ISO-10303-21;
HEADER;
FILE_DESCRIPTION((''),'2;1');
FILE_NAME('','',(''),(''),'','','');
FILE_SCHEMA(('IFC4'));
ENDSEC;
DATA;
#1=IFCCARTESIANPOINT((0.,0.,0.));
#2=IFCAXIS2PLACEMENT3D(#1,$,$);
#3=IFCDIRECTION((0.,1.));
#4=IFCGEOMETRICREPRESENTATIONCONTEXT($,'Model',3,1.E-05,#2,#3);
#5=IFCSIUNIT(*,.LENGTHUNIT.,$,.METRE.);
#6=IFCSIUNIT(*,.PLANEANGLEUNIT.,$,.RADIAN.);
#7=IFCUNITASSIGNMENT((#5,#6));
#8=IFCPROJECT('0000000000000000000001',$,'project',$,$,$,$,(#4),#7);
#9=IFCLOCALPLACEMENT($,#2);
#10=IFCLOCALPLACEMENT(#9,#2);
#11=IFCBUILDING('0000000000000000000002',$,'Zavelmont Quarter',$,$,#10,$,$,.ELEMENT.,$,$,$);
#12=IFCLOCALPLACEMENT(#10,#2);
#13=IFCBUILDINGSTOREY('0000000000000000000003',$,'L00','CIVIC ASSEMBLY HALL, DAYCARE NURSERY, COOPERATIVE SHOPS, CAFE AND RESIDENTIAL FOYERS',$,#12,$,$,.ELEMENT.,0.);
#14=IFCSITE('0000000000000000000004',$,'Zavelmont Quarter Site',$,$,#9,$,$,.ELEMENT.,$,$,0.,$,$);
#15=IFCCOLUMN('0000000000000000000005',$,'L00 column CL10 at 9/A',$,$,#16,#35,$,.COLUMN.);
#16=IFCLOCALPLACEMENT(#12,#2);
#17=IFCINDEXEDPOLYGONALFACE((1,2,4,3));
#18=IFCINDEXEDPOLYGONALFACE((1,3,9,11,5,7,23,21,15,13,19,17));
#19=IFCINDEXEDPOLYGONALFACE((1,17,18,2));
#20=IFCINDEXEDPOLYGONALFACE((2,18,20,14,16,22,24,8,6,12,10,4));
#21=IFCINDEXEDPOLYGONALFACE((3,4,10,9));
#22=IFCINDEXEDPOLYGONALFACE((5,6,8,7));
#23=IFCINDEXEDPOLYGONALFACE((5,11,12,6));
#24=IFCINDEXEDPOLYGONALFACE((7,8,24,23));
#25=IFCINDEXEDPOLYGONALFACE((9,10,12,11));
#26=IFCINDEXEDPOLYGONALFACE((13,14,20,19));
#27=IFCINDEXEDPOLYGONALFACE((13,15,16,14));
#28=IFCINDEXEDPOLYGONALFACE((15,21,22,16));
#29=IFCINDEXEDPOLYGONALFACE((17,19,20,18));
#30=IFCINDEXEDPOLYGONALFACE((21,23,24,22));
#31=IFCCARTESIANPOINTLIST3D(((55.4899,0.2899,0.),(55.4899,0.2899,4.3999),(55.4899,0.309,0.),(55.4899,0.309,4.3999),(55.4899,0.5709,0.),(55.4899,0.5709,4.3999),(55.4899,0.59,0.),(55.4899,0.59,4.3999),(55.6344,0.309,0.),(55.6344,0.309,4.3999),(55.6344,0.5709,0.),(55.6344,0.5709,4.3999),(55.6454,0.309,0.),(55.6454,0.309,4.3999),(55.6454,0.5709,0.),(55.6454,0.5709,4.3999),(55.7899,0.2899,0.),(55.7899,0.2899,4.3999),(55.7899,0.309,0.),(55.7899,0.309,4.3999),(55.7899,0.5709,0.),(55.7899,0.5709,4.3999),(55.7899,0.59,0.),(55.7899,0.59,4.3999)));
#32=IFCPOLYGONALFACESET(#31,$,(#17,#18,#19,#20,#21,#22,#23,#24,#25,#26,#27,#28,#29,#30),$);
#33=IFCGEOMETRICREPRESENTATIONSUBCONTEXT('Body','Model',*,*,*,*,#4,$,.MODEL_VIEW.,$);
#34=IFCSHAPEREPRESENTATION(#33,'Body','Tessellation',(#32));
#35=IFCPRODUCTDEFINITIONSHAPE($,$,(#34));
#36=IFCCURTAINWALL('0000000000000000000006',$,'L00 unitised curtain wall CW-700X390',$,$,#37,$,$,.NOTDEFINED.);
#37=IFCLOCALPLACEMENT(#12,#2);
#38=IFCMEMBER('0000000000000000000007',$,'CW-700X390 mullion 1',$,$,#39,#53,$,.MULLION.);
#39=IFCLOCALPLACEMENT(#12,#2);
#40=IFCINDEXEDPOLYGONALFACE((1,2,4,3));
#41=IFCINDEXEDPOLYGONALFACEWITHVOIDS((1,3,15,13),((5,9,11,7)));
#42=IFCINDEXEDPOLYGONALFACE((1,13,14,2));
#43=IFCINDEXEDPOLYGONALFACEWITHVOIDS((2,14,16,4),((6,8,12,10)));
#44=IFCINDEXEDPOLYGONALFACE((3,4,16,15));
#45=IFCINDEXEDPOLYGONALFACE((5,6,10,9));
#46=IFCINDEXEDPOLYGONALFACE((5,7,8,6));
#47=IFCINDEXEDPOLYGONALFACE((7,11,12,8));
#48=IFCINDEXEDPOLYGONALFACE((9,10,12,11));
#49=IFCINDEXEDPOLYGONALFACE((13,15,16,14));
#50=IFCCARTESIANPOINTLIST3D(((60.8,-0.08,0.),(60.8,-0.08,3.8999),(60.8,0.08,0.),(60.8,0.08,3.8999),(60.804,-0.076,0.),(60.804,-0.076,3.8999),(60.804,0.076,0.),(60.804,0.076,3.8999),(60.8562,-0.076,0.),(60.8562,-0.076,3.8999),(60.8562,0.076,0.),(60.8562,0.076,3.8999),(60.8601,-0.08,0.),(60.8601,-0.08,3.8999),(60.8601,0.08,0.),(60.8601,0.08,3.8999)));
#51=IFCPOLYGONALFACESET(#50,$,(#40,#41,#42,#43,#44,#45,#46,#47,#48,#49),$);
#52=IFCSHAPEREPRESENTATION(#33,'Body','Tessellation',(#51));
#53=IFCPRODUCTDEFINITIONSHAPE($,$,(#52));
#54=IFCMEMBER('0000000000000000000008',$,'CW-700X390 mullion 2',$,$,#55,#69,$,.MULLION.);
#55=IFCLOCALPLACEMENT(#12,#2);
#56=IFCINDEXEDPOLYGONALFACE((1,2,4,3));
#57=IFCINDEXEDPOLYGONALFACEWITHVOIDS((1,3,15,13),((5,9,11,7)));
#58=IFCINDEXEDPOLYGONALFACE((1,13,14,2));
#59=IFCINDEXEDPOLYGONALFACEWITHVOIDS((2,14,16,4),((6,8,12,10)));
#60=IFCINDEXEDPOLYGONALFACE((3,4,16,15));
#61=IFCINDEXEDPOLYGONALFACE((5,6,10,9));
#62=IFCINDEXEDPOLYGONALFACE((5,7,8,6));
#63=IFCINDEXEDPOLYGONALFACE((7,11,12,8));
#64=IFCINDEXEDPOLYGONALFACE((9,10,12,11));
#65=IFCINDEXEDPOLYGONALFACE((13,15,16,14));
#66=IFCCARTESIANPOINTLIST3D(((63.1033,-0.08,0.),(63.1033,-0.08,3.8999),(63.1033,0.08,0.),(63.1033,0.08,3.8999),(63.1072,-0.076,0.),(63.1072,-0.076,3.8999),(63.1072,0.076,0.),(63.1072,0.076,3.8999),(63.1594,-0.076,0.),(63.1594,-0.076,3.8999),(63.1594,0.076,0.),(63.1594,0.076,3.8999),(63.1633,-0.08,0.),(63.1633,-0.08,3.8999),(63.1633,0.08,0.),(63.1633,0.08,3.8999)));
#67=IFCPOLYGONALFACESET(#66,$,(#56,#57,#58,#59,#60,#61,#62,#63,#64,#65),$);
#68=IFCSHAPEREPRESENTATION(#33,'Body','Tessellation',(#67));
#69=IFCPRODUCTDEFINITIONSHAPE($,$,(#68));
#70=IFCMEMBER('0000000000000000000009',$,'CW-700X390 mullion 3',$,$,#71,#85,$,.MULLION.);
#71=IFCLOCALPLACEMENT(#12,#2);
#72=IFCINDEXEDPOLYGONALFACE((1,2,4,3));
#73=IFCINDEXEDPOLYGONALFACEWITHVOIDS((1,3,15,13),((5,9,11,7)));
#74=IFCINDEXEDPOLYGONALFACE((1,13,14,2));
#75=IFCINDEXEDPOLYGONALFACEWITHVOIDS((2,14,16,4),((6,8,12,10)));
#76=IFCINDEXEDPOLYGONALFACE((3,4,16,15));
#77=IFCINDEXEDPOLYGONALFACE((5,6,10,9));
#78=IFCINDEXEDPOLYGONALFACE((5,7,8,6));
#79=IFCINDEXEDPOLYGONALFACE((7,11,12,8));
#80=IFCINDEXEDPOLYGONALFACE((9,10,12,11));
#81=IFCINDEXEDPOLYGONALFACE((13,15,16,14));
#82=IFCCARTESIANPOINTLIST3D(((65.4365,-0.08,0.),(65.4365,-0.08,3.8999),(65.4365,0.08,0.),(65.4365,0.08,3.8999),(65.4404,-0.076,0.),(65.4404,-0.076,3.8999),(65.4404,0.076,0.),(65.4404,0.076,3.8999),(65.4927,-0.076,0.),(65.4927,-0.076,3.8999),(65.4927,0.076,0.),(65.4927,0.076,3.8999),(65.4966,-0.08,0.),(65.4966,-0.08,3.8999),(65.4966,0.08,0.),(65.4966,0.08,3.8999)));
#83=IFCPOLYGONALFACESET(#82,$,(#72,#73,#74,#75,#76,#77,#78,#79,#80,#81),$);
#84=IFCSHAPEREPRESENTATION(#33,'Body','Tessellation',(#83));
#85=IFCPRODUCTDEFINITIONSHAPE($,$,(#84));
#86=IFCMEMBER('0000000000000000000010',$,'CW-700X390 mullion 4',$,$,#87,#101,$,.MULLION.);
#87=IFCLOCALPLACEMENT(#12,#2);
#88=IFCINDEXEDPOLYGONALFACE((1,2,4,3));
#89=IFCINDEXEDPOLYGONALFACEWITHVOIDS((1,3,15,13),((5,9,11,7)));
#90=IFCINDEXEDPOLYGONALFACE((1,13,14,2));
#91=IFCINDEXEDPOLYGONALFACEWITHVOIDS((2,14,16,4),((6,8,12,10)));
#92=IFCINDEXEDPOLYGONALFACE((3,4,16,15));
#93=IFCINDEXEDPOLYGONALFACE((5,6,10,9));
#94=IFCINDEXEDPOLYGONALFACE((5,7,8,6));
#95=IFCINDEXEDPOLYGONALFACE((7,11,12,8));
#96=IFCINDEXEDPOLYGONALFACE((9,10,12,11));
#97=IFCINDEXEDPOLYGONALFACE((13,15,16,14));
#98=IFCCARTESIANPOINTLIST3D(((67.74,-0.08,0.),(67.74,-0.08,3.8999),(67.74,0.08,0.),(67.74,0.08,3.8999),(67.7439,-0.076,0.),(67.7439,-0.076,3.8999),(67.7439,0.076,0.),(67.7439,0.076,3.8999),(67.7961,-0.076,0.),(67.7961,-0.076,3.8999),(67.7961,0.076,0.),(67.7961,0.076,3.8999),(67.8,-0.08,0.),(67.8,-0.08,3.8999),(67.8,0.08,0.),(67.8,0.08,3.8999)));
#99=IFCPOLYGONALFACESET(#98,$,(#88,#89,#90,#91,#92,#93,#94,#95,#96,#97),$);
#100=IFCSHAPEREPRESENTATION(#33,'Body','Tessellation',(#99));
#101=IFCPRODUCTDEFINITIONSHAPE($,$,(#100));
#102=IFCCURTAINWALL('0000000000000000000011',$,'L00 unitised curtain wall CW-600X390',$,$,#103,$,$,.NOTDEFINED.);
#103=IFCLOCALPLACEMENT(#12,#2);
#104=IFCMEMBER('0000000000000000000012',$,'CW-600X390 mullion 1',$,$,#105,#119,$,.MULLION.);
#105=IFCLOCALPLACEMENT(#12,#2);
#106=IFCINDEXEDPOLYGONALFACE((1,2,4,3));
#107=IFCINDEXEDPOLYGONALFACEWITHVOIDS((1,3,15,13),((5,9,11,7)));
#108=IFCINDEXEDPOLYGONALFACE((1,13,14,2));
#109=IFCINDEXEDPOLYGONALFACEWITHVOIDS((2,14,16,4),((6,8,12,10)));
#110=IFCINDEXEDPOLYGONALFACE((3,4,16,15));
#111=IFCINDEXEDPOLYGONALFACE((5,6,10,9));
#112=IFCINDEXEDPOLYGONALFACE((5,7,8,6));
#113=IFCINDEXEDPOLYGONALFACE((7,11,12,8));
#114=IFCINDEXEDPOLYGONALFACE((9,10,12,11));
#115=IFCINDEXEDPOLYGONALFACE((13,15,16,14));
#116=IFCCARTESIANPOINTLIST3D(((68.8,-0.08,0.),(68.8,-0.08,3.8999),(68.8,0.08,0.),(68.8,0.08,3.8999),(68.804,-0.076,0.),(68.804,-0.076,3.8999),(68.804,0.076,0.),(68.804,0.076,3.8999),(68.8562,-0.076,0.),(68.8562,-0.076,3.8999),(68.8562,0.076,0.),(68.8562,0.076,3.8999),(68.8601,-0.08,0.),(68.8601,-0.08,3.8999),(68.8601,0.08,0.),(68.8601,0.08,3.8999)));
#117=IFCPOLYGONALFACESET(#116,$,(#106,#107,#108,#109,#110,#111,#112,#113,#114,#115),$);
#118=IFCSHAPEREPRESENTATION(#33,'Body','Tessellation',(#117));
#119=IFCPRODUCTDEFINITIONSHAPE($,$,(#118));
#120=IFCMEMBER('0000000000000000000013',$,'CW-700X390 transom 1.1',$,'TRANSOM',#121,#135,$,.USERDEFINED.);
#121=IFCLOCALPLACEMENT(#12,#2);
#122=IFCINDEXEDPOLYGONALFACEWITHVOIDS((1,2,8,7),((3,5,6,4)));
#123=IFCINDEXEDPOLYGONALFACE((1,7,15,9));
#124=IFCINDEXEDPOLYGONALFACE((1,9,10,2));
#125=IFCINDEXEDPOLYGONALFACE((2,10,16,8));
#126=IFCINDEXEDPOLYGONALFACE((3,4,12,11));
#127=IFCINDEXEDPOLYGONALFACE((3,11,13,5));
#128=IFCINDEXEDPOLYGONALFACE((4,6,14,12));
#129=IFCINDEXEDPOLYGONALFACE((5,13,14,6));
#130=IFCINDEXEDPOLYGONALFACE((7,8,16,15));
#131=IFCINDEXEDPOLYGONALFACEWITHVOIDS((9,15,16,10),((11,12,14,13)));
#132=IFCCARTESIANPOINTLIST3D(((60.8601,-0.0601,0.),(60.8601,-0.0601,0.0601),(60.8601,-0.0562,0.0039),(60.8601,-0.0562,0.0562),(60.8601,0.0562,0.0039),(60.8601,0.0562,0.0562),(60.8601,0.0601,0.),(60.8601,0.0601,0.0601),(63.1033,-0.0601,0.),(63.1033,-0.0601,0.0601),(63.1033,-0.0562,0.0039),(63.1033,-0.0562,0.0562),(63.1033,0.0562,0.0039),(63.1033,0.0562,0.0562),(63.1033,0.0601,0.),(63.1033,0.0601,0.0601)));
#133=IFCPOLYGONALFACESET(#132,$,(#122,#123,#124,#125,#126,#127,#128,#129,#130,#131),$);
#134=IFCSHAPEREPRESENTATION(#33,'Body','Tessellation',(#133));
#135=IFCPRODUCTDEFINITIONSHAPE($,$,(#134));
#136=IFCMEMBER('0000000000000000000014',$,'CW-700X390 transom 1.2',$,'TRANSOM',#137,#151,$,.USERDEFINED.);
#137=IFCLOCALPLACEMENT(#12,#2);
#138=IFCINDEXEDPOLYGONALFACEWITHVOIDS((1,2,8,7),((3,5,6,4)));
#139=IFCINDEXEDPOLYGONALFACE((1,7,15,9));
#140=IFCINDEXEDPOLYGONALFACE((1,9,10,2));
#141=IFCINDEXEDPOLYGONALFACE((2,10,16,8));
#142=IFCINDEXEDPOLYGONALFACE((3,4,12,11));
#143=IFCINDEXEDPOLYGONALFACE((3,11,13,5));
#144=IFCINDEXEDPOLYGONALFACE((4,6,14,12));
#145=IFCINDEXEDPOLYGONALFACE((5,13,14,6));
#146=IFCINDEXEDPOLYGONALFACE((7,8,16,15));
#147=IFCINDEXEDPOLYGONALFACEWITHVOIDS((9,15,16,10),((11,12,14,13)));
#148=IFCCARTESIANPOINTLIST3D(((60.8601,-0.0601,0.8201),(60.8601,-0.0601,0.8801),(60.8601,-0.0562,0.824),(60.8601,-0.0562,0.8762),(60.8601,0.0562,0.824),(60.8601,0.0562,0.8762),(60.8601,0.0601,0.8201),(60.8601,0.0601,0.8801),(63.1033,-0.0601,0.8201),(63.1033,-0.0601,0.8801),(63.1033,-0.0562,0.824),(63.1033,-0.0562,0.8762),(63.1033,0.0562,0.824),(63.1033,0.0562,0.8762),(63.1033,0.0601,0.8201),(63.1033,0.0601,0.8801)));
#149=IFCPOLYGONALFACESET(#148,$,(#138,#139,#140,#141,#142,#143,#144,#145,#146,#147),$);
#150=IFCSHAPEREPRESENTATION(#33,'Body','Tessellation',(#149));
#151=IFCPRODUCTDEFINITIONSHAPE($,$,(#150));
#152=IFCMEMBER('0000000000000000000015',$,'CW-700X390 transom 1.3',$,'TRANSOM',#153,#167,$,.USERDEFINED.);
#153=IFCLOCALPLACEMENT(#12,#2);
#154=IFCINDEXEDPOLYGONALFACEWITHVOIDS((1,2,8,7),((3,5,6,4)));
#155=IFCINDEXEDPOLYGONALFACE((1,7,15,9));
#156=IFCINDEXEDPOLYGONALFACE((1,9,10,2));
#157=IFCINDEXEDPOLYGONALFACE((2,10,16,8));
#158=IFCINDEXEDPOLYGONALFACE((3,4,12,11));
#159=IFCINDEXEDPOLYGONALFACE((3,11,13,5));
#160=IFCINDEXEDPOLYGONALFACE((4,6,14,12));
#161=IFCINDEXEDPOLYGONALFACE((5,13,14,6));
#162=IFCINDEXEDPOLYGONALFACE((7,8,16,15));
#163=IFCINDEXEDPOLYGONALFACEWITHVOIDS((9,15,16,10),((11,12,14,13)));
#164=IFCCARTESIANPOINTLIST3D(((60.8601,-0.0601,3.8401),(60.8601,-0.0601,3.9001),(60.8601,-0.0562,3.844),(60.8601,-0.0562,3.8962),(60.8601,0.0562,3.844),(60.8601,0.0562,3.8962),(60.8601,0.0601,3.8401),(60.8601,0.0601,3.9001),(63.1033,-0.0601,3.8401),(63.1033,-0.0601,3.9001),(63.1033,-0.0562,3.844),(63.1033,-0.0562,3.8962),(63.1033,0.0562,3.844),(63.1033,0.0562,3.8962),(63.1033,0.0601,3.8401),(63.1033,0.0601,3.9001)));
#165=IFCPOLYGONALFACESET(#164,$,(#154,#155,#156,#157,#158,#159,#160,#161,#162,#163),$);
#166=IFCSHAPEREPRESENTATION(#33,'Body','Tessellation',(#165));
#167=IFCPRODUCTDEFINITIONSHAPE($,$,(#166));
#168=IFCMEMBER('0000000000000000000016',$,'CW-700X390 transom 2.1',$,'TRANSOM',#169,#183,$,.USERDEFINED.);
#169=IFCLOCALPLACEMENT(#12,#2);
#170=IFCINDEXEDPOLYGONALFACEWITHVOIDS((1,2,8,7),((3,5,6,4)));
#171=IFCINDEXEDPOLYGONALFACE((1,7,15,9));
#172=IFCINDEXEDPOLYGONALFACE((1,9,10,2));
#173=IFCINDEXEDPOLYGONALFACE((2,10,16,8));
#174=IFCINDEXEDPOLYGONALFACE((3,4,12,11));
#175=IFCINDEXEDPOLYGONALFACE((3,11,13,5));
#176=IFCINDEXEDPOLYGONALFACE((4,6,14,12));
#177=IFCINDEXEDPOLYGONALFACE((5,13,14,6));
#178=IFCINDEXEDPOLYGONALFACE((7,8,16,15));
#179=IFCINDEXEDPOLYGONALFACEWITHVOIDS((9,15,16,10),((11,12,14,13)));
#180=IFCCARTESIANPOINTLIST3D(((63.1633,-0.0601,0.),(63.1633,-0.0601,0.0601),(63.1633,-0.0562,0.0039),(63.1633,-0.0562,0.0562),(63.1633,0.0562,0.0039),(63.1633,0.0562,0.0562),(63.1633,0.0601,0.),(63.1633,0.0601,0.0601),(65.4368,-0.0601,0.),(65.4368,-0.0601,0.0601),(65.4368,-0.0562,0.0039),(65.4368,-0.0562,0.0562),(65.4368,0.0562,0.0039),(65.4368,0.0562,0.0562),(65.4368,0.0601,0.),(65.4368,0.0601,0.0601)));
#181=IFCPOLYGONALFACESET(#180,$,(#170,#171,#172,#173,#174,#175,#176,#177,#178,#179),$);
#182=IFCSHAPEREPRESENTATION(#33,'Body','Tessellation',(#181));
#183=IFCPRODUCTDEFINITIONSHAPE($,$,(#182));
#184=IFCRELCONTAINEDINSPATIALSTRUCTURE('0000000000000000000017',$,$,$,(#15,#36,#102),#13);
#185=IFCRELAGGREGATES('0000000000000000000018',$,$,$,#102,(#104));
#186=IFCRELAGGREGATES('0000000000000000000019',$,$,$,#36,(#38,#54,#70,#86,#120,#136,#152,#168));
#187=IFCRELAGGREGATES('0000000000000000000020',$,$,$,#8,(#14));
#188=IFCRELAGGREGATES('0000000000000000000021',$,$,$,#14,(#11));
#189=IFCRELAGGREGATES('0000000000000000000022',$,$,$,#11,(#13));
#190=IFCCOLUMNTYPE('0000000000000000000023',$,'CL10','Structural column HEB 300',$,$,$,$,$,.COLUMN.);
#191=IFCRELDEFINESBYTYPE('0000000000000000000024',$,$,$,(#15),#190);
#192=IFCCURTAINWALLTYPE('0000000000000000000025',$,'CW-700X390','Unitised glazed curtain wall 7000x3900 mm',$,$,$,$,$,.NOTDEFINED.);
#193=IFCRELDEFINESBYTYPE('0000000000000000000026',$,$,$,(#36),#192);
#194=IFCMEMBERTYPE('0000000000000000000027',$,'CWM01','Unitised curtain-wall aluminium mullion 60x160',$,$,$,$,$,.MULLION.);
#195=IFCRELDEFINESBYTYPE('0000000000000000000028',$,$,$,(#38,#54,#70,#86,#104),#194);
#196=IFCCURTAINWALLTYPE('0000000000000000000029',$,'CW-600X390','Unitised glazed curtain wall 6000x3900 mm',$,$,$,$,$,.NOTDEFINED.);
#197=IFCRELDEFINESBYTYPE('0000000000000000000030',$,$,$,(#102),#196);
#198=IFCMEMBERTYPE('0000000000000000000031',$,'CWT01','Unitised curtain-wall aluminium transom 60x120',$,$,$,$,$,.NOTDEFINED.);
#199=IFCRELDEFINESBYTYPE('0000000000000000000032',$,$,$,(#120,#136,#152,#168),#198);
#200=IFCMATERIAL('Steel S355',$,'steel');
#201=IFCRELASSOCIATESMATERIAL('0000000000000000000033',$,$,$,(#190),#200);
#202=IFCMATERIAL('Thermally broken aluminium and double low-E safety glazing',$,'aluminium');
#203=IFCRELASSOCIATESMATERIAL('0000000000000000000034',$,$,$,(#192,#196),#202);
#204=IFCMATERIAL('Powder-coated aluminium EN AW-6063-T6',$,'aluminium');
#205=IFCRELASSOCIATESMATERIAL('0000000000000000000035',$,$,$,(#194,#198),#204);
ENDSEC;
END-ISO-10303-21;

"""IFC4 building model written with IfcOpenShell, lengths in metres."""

from ifc_helpers import new_model, si_unit, direction, frame, origin, origin_2d, place, context, subcontext, project, spatial, hollow_rectangle, i_section, extrude, material, material_profile, profile_set, type_object, element, aggregate, save


model = new_model("IFC4")

# Units and contexts
model_context = context("Model", 3, precision=1e-05, world=origin(), true_north=direction((0.0, 1.0)))
body_context = subcontext(model_context, "Body", "Model", "MODEL_VIEW")
ifc_project = project(units=[si_unit("LENGTHUNIT", "METRE"), si_unit("PLANEANGLEUNIT", "RADIAN")], contexts=[model_context])

# Site, building, storey
site_placement = place(None, origin())
site = spatial("IfcSite", under=ifc_project, at=site_placement, Name="Zavelmont Quarter Site", CompositionType="ELEMENT", RefElevation=0.0)
building_placement = place(site_placement, origin())
building = spatial("IfcBuilding", under=site, at=building_placement, Name="Zavelmont Quarter", CompositionType="ELEMENT")
storey_placement = place(building_placement, origin())
storey = spatial("IfcBuildingStorey", under=building, at=storey_placement, Name="L00", Description="CIVIC ASSEMBLY HALL, DAYCARE NURSERY, COOPERATIVE SHOPS, CAFE AND RESIDENTIAL FOYERS", CompositionType="ELEMENT", Elevation=0.0)

# Column
ifc_material_1 = material(Name="Steel S355", Category="steel")
ifc_material_profile_1 = material_profile(ifc_material_1, i_section(OverallWidth=0.3, OverallDepth=0.3, WebThickness=0.011, FlangeThickness=0.019, at=origin_2d()), Name="HEB 300")
ifc_profile_set_1 = profile_set([ifc_material_profile_1], Name="Steel S355")
column_type = type_object("IfcColumnType", Name="CL10", Description="Structural column HEB 300", PredefinedType="COLUMN", material=ifc_profile_set_1)
column_placement = place(storey_placement, frame((55.6399, 0.4399, 0.0), z_axis=(0.0, 0.0, 1.0), x_axis=(1.0, 0.0, 0.0)))
element("IfcColumn", 1, at=column_placement, inside=storey, type_object=column_type, Name="L00 column CL10 at 9/A", PredefinedType="COLUMN", context=body_context, shape_type="SweptSolid", body=[
    extrude(i_section(OverallWidth=0.3, OverallDepth=0.3, WebThickness=0.011, FlangeThickness=0.019, at=origin_2d()), origin(), (0.0, 0.0, 1.0), 4.3999),
])

# Curtain wall, members
ifc_material_2 = material(Name="Thermally broken aluminium and double low-E safety glazing", Category="aluminium")
curtain_wall_type_1 = type_object("IfcCurtainWallType", Name="CW-700X390", Description="Unitised glazed curtain wall 7000x3900 mm", PredefinedType="NOTDEFINED", material=ifc_material_2)
curtain_wall_1_placement = place(storey_placement, origin())
curtain_wall_1 = element("IfcCurtainWall", 2, at=curtain_wall_1_placement, inside=storey, type_object=curtain_wall_type_1, Name="L00 unitised curtain wall CW-700X390", PredefinedType="NOTDEFINED")
ifc_material_3 = material(Name="Powder-coated aluminium EN AW-6063-T6", Category="aluminium")
ifc_material_profile_2 = material_profile(ifc_material_3, hollow_rectangle(XDim=0.0601, YDim=0.1599, WallThickness=0.0039, at=origin_2d()), Name="CWM60X160")
ifc_profile_set_2 = profile_set([ifc_material_profile_2], Name="Powder-coated aluminium EN AW-6063-T6")
member_type_1 = type_object("IfcMemberType", Name="CWM01", Description="Unitised curtain-wall aluminium mullion 60x160", PredefinedType="MULLION", material=ifc_profile_set_2)
member_1_placement = place(storey_placement, frame((60.8301, 0.0, 0.0), z_axis=(0.0, 0.0, 1.0), x_axis=(1.0, 0.0, 0.0)))
member_1 = element("IfcMember", 3, at=member_1_placement, type_object=member_type_1, Name="CW-700X390 mullion 1", PredefinedType="MULLION", context=body_context, shape_type="SweptSolid", body=[
    extrude(hollow_rectangle(XDim=0.0601, YDim=0.1599, WallThickness=0.0039, at=origin_2d()), origin(), (0.0, 0.0, 1.0), 3.8999),
])
member_2_placement = place(storey_placement, frame((63.1333, 0.0, 0.0), z_axis=(0.0, 0.0, 1.0), x_axis=(1.0, 0.0, 0.0)))
member_2 = element("IfcMember", 4, at=member_2_placement, type_object=member_type_1, Name="CW-700X390 mullion 2", PredefinedType="MULLION", context=body_context, shape_type="SweptSolid", body=[
    extrude(hollow_rectangle(XDim=0.0601, YDim=0.1599, WallThickness=0.0039, at=origin_2d()), origin(), (0.0, 0.0, 1.0), 3.8999),
])
member_3_placement = place(storey_placement, frame((65.4666, 0.0, 0.0), z_axis=(0.0, 0.0, 1.0), x_axis=(1.0, 0.0, 0.0)))
member_3 = element("IfcMember", 5, at=member_3_placement, type_object=member_type_1, Name="CW-700X390 mullion 3", PredefinedType="MULLION", context=body_context, shape_type="SweptSolid", body=[
    extrude(hollow_rectangle(XDim=0.0601, YDim=0.1599, WallThickness=0.0039, at=origin_2d()), origin(), (0.0, 0.0, 1.0), 3.8999),
])
member_4_placement = place(storey_placement, frame((67.77, 0.0, 0.0), z_axis=(0.0, 0.0, 1.0), x_axis=(1.0, 0.0, 0.0)))
member_4 = element("IfcMember", 6, at=member_4_placement, type_object=member_type_1, Name="CW-700X390 mullion 4", PredefinedType="MULLION", context=body_context, shape_type="SweptSolid", body=[
    extrude(hollow_rectangle(XDim=0.0601, YDim=0.1599, WallThickness=0.0039, at=origin_2d()), origin(), (0.0, 0.0, 1.0), 3.8999),
])

# Curtain wall, member
curtain_wall_type_2 = type_object("IfcCurtainWallType", Name="CW-600X390", Description="Unitised glazed curtain wall 6000x3900 mm", PredefinedType="NOTDEFINED", material=ifc_material_2)
curtain_wall_2_placement = place(storey_placement, origin())
curtain_wall_2 = element("IfcCurtainWall", 7, at=curtain_wall_2_placement, inside=storey, type_object=curtain_wall_type_2, Name="L00 unitised curtain wall CW-600X390", PredefinedType="NOTDEFINED")
member_5_placement = place(storey_placement, frame((68.8301, 0.0, 0.0), z_axis=(0.0, 0.0, 1.0), x_axis=(1.0, 0.0, 0.0)))
member_5 = element("IfcMember", 8, at=member_5_placement, type_object=member_type_1, Name="CW-600X390 mullion 1", PredefinedType="MULLION", context=body_context, shape_type="SweptSolid", body=[
    extrude(hollow_rectangle(XDim=0.0601, YDim=0.1599, WallThickness=0.0039, at=origin_2d()), origin(), (0.0, 0.0, 1.0), 3.8999),
])

# Members
ifc_material_profile_3 = material_profile(ifc_material_3, hollow_rectangle(XDim=0.1201, YDim=0.0601, WallThickness=0.0039, at=origin_2d()), Name="CWT60X120")
ifc_profile_set_3 = profile_set([ifc_material_profile_3], Name="Powder-coated aluminium EN AW-6063-T6")
member_type_2 = type_object("IfcMemberType", Name="CWT01", Description="Unitised curtain-wall aluminium transom 60x120", PredefinedType="NOTDEFINED", material=ifc_profile_set_3)
member_6_placement = place(storey_placement, frame((60.8601, 0.0, 0.03), z_axis=(1.0, 0.0, 0.0), x_axis=(0.0, 1.0, 0.0)))
member_6 = element("IfcMember", 9, at=member_6_placement, type_object=member_type_2, Name="CW-700X390 transom 1.1", ObjectType="TRANSOM", PredefinedType="USERDEFINED", context=body_context, shape_type="SweptSolid", body=[
    extrude(hollow_rectangle(XDim=0.1201, YDim=0.0601, WallThickness=0.0039, at=origin_2d()), origin(), (0.0, 0.0, 1.0), 2.2432),
])
member_7_placement = place(storey_placement, frame((60.8601, 0.0, 0.8501), z_axis=(1.0, 0.0, 0.0), x_axis=(0.0, 1.0, 0.0)))
member_7 = element("IfcMember", 10, at=member_7_placement, type_object=member_type_2, Name="CW-700X390 transom 1.2", ObjectType="TRANSOM", PredefinedType="USERDEFINED", context=body_context, shape_type="SweptSolid", body=[
    extrude(hollow_rectangle(XDim=0.1201, YDim=0.0601, WallThickness=0.0039, at=origin_2d()), origin(), (0.0, 0.0, 1.0), 2.2432),
])
member_8_placement = place(storey_placement, frame((60.8601, 0.0, 3.8701), z_axis=(1.0, 0.0, 0.0), x_axis=(0.0, 1.0, 0.0)))
member_8 = element("IfcMember", 11, at=member_8_placement, type_object=member_type_2, Name="CW-700X390 transom 1.3", ObjectType="TRANSOM", PredefinedType="USERDEFINED", context=body_context, shape_type="SweptSolid", body=[
    extrude(hollow_rectangle(XDim=0.1201, YDim=0.0601, WallThickness=0.0039, at=origin_2d()), origin(), (0.0, 0.0, 1.0), 2.2432),
])
member_9_placement = place(storey_placement, frame((63.1633, 0.0, 0.03), z_axis=(1.0, 0.0, 0.0), x_axis=(0.0, 1.0, 0.0)))
member_9 = element("IfcMember", 12, at=member_9_placement, type_object=member_type_2, Name="CW-700X390 transom 2.1", ObjectType="TRANSOM", PredefinedType="USERDEFINED", context=body_context, shape_type="SweptSolid", body=[
    extrude(hollow_rectangle(XDim=0.1201, YDim=0.0601, WallThickness=0.0039, at=origin_2d()), origin(), (0.0, 0.0, 1.0), 2.2734),
])
aggregate(curtain_wall_2, [member_5])

aggregate(curtain_wall_1, [member_1, member_2, member_3, member_4, member_6, member_7, member_8, member_9])

save(model, "model.ifc")
